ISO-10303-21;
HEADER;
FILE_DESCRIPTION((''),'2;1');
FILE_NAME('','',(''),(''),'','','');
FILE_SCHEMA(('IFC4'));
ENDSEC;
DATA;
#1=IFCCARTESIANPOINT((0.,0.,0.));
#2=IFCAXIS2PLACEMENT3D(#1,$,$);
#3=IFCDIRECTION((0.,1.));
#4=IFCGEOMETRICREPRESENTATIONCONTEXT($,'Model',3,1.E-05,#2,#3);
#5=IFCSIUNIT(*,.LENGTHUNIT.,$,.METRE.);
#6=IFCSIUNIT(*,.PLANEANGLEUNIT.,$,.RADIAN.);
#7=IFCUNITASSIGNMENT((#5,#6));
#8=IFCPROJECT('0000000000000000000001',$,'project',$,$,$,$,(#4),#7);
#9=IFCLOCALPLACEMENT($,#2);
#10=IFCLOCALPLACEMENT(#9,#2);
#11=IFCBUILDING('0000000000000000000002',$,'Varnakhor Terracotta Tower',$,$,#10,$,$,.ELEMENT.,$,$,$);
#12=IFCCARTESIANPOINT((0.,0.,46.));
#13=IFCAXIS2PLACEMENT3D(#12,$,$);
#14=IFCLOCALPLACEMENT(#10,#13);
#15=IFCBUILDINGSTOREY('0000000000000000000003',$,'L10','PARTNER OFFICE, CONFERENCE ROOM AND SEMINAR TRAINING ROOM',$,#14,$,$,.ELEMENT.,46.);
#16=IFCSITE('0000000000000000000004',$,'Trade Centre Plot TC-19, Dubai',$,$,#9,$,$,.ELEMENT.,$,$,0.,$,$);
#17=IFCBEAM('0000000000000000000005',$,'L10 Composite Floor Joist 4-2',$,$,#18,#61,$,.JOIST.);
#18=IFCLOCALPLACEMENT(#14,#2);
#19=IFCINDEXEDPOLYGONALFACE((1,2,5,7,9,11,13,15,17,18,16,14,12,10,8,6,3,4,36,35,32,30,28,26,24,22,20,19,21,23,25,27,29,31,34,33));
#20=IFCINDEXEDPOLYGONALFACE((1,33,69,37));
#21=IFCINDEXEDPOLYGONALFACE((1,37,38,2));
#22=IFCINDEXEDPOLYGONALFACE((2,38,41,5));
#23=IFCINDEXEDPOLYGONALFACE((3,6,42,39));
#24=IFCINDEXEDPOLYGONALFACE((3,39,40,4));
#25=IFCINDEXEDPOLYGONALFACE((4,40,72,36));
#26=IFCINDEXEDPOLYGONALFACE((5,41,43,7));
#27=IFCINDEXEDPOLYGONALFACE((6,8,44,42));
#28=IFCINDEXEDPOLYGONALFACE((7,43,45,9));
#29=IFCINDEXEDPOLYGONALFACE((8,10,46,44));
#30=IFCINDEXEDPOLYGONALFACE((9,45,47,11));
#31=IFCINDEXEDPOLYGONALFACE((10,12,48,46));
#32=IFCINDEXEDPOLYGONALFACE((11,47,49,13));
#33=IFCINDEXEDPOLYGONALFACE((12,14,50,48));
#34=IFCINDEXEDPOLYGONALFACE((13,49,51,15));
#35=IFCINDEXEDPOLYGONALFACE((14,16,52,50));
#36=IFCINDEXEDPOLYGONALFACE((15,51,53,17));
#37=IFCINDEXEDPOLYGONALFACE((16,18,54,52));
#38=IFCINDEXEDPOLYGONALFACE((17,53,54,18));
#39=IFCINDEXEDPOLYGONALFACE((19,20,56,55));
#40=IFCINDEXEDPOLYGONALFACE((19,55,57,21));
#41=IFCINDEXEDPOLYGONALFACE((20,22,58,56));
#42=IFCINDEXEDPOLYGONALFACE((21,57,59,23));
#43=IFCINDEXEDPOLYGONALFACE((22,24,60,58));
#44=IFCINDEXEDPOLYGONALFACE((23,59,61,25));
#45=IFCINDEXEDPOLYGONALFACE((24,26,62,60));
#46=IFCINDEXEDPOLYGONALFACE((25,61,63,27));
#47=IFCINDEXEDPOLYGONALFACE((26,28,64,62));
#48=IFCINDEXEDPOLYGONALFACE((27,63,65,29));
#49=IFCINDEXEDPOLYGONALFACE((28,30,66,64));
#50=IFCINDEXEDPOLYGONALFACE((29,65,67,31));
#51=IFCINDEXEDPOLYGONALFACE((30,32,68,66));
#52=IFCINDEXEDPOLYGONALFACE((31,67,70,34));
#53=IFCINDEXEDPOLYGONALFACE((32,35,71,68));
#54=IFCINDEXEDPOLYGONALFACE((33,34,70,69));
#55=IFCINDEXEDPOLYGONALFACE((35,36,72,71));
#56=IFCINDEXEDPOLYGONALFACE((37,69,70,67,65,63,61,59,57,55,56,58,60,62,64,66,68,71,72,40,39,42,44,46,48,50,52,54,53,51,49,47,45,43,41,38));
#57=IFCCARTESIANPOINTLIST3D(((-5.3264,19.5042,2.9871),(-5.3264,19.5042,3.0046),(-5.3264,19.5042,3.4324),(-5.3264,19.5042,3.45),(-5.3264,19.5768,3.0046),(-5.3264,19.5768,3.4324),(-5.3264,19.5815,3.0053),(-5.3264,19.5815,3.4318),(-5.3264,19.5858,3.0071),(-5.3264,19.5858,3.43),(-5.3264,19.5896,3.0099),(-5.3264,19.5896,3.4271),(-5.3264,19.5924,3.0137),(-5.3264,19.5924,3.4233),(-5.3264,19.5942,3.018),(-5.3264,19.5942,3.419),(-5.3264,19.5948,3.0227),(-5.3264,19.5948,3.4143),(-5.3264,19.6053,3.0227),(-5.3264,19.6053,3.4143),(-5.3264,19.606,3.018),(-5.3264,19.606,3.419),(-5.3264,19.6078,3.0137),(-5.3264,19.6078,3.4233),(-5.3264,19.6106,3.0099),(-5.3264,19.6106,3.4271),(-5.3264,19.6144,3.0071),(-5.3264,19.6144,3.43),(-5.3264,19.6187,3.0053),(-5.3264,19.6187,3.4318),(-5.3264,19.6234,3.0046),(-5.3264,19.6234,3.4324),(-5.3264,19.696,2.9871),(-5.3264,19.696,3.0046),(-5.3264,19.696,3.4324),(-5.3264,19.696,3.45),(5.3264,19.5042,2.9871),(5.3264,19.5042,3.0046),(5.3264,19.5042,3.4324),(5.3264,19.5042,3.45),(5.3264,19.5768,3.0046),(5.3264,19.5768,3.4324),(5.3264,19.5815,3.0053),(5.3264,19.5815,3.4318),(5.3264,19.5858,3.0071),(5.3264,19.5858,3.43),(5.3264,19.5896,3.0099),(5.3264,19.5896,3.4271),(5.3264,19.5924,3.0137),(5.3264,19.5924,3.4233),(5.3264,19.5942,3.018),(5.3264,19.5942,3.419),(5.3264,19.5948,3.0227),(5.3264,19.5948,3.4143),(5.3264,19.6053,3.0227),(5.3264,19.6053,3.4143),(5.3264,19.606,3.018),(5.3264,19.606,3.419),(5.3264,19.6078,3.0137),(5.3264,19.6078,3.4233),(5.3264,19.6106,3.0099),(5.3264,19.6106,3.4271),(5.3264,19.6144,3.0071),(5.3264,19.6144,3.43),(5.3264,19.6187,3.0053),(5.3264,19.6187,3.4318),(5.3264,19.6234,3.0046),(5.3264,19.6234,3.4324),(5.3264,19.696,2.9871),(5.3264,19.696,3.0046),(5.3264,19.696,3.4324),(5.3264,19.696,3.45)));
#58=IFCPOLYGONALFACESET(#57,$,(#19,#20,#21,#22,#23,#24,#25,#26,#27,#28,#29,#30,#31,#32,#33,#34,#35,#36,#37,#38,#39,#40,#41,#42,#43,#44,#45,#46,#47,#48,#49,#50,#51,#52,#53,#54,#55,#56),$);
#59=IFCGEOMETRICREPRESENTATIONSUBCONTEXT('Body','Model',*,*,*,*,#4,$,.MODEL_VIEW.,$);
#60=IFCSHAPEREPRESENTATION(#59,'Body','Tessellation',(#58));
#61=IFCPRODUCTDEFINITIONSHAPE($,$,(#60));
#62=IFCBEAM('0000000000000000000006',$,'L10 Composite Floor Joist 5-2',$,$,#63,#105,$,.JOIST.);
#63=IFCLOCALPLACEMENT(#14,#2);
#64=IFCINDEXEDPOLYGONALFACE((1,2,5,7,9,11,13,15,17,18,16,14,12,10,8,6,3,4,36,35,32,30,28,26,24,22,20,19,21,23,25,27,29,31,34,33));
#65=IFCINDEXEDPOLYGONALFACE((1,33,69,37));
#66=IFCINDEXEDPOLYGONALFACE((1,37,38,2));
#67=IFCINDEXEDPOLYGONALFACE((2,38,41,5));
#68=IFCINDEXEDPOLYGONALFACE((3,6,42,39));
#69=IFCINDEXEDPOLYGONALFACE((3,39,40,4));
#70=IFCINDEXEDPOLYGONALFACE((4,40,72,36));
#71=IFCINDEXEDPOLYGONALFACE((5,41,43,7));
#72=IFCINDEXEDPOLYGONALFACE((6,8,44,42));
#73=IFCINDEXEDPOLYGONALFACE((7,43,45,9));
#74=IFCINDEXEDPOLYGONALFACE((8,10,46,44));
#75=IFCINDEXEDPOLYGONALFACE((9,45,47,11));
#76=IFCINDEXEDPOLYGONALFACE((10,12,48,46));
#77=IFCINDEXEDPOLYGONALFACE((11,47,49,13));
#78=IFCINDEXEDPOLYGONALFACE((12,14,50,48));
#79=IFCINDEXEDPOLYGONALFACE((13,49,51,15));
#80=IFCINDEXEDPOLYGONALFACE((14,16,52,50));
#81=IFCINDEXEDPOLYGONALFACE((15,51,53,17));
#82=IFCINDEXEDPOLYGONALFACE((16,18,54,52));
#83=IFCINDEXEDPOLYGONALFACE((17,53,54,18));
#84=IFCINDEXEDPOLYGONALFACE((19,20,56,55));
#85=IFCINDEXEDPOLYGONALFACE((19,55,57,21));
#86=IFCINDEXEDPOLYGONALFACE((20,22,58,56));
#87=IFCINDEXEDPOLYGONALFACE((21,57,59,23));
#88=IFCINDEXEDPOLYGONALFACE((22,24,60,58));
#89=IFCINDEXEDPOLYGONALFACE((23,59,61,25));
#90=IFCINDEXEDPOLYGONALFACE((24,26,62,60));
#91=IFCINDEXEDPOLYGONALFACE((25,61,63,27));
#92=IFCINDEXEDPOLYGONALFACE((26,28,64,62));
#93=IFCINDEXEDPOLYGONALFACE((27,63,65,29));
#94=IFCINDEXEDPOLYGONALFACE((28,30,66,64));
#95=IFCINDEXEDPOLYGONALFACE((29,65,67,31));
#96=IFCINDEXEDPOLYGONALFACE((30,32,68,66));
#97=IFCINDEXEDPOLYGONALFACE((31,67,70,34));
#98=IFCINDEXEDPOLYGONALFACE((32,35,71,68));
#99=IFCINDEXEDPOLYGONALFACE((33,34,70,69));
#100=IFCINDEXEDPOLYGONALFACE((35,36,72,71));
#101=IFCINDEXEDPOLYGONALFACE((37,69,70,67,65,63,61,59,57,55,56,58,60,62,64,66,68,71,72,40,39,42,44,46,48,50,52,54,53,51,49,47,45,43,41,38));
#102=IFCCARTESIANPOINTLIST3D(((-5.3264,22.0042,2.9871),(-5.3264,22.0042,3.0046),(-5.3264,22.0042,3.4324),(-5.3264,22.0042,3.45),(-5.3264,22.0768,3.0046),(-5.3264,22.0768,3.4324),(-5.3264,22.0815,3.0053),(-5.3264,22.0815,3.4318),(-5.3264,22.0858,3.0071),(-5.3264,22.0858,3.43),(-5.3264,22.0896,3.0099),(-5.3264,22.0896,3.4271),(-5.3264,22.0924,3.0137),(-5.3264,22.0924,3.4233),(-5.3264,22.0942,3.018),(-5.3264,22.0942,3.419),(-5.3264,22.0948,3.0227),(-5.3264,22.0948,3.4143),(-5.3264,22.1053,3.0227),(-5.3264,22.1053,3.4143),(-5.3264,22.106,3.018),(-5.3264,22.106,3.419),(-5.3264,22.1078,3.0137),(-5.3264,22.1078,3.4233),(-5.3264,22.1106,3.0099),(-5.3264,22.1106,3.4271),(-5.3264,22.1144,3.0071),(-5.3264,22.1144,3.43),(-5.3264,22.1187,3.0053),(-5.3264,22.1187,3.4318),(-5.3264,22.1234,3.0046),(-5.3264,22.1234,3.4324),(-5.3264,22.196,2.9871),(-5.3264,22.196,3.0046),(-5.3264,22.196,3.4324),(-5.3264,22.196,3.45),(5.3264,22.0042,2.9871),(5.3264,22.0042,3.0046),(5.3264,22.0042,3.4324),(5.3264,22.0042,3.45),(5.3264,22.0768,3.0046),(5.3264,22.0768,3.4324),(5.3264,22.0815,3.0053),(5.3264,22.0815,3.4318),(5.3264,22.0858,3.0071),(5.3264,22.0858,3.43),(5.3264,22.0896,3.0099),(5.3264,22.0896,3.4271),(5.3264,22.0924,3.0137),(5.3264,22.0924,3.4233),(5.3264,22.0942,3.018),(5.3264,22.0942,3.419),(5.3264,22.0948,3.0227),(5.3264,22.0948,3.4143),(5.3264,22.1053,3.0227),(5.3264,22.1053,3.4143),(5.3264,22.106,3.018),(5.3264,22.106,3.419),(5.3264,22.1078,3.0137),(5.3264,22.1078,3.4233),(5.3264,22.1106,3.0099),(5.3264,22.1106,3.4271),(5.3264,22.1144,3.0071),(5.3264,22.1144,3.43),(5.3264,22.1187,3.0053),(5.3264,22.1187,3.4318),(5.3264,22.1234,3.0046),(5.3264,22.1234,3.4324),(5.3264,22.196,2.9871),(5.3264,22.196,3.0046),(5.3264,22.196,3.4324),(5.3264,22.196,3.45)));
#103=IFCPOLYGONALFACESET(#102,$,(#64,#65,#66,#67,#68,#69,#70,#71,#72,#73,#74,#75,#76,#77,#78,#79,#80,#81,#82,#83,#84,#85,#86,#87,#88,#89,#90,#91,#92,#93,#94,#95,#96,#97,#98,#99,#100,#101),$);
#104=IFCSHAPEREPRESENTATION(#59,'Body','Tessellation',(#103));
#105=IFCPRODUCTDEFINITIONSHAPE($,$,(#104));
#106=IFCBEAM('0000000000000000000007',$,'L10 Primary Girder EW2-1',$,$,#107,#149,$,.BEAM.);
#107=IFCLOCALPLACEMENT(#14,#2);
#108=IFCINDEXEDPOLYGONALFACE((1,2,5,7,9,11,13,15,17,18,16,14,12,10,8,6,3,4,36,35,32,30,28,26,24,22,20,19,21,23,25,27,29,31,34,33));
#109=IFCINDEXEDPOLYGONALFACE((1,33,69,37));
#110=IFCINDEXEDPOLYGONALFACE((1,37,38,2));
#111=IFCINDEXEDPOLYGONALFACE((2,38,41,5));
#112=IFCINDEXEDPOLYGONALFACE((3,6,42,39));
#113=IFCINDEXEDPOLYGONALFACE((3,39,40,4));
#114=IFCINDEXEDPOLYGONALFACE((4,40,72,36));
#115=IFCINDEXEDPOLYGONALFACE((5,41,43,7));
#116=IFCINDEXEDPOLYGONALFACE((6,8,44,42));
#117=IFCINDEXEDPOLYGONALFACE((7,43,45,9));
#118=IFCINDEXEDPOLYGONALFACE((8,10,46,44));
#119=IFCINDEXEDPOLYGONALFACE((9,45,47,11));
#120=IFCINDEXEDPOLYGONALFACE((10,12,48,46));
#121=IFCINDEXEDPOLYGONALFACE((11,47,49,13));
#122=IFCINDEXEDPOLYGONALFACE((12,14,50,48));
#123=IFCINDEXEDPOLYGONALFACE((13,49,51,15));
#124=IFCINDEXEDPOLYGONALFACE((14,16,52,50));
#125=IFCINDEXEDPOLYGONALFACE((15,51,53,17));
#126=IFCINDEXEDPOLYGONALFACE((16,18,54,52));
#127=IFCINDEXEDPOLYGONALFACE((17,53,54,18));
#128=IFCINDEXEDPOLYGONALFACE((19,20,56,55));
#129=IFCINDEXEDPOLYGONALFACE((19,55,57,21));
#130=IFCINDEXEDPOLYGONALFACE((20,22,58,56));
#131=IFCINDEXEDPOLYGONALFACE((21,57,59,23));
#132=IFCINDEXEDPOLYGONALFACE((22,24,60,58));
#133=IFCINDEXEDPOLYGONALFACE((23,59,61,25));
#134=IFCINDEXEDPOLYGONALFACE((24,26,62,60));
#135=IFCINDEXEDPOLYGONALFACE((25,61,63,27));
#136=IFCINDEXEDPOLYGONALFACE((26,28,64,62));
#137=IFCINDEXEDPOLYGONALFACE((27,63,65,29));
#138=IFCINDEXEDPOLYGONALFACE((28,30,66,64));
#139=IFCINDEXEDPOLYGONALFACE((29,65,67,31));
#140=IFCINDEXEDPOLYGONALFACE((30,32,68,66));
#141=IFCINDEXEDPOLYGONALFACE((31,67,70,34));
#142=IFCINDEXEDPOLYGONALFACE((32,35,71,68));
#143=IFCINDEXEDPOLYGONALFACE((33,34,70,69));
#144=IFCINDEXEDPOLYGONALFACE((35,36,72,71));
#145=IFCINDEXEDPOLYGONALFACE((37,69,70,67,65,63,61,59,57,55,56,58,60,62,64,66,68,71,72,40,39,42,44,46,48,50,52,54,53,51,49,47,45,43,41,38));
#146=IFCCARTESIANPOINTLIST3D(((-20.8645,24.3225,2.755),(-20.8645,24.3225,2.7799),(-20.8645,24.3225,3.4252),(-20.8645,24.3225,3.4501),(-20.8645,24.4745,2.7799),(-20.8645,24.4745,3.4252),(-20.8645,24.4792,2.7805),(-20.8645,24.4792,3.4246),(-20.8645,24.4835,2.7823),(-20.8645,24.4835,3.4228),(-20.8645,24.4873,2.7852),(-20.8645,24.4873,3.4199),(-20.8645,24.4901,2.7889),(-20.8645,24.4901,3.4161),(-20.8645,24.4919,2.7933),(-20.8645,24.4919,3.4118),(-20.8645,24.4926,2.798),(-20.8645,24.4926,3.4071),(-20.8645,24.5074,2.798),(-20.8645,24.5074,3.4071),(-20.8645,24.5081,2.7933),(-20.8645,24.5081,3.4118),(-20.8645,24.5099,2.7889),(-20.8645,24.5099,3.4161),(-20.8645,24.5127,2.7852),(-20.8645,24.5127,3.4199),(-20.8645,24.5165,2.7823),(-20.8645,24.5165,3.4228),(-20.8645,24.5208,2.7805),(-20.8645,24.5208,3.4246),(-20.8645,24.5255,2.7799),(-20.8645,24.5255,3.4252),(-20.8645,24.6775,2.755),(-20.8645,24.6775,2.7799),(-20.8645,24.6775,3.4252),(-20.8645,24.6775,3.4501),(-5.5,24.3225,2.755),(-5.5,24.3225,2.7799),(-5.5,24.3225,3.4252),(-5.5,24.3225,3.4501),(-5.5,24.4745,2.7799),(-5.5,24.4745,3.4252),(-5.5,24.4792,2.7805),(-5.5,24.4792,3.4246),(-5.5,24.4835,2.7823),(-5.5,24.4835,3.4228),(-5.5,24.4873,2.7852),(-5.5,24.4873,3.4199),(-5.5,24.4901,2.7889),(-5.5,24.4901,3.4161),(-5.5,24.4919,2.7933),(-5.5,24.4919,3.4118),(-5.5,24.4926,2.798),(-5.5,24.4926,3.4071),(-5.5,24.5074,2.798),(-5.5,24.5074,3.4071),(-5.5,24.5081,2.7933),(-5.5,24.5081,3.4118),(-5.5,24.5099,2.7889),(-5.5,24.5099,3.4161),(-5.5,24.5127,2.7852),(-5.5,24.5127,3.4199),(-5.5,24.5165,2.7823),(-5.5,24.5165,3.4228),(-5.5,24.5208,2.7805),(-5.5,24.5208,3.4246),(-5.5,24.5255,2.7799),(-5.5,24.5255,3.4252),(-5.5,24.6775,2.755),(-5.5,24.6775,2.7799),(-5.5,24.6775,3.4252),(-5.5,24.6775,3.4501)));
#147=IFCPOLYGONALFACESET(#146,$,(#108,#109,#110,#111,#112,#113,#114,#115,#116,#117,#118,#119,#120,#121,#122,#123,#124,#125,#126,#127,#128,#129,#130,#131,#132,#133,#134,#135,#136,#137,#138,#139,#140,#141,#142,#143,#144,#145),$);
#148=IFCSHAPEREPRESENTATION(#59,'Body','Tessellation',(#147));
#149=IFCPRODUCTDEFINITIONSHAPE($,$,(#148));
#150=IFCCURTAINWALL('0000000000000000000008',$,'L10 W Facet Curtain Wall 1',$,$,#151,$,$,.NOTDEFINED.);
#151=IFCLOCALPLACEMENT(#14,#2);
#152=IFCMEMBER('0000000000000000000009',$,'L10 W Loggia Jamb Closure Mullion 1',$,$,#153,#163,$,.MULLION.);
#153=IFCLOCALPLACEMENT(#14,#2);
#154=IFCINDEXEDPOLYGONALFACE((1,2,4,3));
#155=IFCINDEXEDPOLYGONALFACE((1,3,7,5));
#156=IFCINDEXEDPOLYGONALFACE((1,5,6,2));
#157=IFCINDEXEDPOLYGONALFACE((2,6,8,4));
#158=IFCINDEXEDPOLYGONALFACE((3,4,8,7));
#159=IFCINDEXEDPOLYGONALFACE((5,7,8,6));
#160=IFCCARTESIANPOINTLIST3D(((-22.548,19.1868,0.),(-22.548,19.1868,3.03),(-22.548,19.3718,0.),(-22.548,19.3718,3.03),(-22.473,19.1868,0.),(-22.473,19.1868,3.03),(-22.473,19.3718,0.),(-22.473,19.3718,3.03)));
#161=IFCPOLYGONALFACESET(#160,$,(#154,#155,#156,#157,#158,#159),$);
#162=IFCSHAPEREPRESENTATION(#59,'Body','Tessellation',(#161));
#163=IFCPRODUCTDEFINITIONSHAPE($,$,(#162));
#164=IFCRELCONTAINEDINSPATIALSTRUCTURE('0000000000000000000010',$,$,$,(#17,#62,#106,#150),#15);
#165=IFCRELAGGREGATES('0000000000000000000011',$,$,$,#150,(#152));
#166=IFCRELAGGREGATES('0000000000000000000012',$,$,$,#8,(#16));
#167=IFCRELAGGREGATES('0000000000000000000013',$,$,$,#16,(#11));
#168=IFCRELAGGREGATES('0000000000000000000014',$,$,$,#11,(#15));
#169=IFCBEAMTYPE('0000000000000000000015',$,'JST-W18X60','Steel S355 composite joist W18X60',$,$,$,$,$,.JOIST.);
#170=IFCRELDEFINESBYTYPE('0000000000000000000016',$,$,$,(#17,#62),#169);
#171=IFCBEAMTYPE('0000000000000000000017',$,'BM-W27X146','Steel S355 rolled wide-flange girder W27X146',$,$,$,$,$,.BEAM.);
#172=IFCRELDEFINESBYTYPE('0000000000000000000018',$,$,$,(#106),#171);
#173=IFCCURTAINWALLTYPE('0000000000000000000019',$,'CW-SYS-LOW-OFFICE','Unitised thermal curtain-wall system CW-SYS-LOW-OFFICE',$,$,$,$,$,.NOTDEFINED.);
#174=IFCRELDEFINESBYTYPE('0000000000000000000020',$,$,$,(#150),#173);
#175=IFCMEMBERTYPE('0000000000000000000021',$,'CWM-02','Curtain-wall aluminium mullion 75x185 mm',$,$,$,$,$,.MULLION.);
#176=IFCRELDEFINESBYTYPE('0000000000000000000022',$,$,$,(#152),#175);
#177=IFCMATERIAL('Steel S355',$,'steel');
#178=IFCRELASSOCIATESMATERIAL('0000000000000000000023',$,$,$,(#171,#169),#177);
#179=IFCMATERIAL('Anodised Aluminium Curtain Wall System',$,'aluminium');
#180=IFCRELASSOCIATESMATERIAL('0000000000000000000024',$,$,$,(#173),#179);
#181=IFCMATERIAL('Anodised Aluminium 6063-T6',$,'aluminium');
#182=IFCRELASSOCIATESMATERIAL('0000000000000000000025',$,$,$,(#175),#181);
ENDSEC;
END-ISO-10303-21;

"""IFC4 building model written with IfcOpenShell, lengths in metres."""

from ifc_helpers import new_model, si_unit, direction, frame, origin, origin_2d, place, context, subcontext, project, spatial, rectangle, i_section, extrude, source, transform, mapped, material, material_profile, profile_set, type_object, type_shapes, element, aggregate, save


model = new_model("IFC4")

# Units and contexts
model_context = context("Model", 3, precision=1e-05, world=origin(), true_north=direction((0.0, 1.0)))
body_context = subcontext(model_context, "Body", "Model", "MODEL_VIEW")
ifc_project = project(units=[si_unit("LENGTHUNIT", "METRE"), si_unit("PLANEANGLEUNIT", "RADIAN")], contexts=[model_context])

# Site, building, storey
site_placement = place(None, origin())
site = spatial("IfcSite", under=ifc_project, at=site_placement, Name="Trade Centre Plot TC-19, Dubai", CompositionType="ELEMENT", RefElevation=0.0)
building_placement = place(site_placement, origin())
building = spatial("IfcBuilding", under=site, at=building_placement, Name="Varnakhor Terracotta Tower", CompositionType="ELEMENT")
storey_placement = place(building_placement, frame((0.0, 0.0, 46.0)))
storey = spatial("IfcBuildingStorey", under=building, at=storey_placement, Name="L10", Description="PARTNER OFFICE, CONFERENCE ROOM AND SEMINAR TRAINING ROOM", CompositionType="ELEMENT", Elevation=46.0)

# Beams
ifc_material_1 = material(Name="Steel S355", Category="steel")
ifc_material_profile_1 = material_profile(ifc_material_1, i_section(OverallWidth=0.355, OverallDepth=0.6951, WebThickness=0.0149, FlangeThickness=0.0249, FilletRadius=0.0181, at=origin_2d()), Name="W27X146")
ifc_profile_set_1 = profile_set([ifc_material_profile_1], Name="Steel S355")
beam_type_1 = type_object("IfcBeamType", Name="BM-W27X146", Description="Steel S355 rolled wide-flange girder W27X146", PredefinedType="BEAM", material=ifc_profile_set_1)
ifc_material_profile_2 = material_profile(ifc_material_1, i_section(OverallWidth=0.1919, OverallDepth=0.4629, WebThickness=0.0105, FlangeThickness=0.0176, FilletRadius=0.0181, at=origin_2d()), Name="W18X60")
ifc_profile_set_2 = profile_set([ifc_material_profile_2], Name="Steel S355")
beam_type_2 = type_object("IfcBeamType", Name="JST-W18X60", Description="Steel S355 composite joist W18X60", PredefinedType="JOIST", material=ifc_profile_set_2)
shared_shape_1 = source(origin(), body_context, "Body", "SweptSolid", [
    extrude(i_section(OverallWidth=0.1919, OverallDepth=0.4629, WebThickness=0.0105, FlangeThickness=0.0176, FilletRadius=0.0181, at=origin_2d()), origin(), (0.0, 0.0, 1.0), 10.6528),
])
for number, where, z_axis, x_axis, name in (
    (1, (-5.3264, 19.6001, 3.2185), (1.0, 0.0, 0.0), (0.0, 1.0, 0.0), "L10 Composite Floor Joist 4-2"),
    (2, (-5.3264, 22.1001, 3.2185), (1.0, 0.0, 0.0), (0.0, 1.0, 0.0), "L10 Composite Floor Joist 5-2"),
):
    element("IfcBeam", number, at=place(storey_placement, frame(where, z_axis=z_axis, x_axis=x_axis)), inside=storey, type_object=beam_type_2, Name=name, PredefinedType="JOIST", context=body_context, shape_type="MappedRepresentation", body=[
        mapped(shared_shape_1, transform((0.0, 0.0, 0.0), scale=1.0)),
    ])
shared_shape_2 = source(origin(), body_context, "Body", "SweptSolid", [
    extrude(i_section(OverallWidth=0.355, OverallDepth=0.6951, WebThickness=0.0149, FlangeThickness=0.0249, FilletRadius=0.0181, at=origin_2d()), origin(), (0.0, 0.0, 1.0), 15.3645),
])
beam_1_placement = place(storey_placement, frame((-20.8645, 24.5, 3.1025), z_axis=(1.0, 0.0, 0.0), x_axis=(0.0, 1.0, 0.0)))
element("IfcBeam", 3, at=beam_1_placement, inside=storey, type_object=beam_type_1, Name="L10 Primary Girder EW2-1", PredefinedType="BEAM", context=body_context, shape_type="MappedRepresentation", body=[
    mapped(shared_shape_2, transform((0.0, 0.0, 0.0), scale=1.0)),
])

# Curtain wall, member
ifc_material_2 = material(Name="Anodised Aluminium Curtain Wall System", Category="aluminium")
curtain_wall_type = type_object("IfcCurtainWallType", Name="CW-SYS-LOW-OFFICE", Description="Unitised thermal curtain-wall system CW-SYS-LOW-OFFICE", PredefinedType="NOTDEFINED", material=ifc_material_2)
curtain_wall_placement = place(storey_placement, origin())
curtain_wall = element("IfcCurtainWall", 4, at=curtain_wall_placement, inside=storey, type_object=curtain_wall_type, Name="L10 W Facet Curtain Wall 1", PredefinedType="NOTDEFINED")
ifc_material_3 = material(Name="Anodised Aluminium 6063-T6", Category="aluminium")
ifc_material_profile_3 = material_profile(ifc_material_3, rectangle(XDim=0.075, YDim=0.1851, at=origin_2d()), Name="ALU MULLION 75x185")
ifc_profile_set_3 = profile_set([ifc_material_profile_3], Name="Anodised Aluminium 6063-T6")
member_type = type_object("IfcMemberType", Name="CWM-02", Description="Curtain-wall aluminium mullion 75x185 mm", PredefinedType="MULLION", material=ifc_profile_set_3)
shared_shape_3 = source(origin(), body_context, "Body", "SweptSolid", [
    extrude(rectangle(XDim=0.075, YDim=0.1851, at=origin_2d()), origin(), (0.0, 0.0, 1.0), 3.03),
])
type_shapes(member_type, [shared_shape_3])
member_placement = place(storey_placement, frame((-22.5105, 19.2793, 0.0), z_axis=(0.0, 0.0, 1.0), x_axis=(1.0, 0.0, 0.0)))
member = element("IfcMember", 5, at=member_placement, type_object=member_type, Name="L10 W Loggia Jamb Closure Mullion 1", PredefinedType="MULLION", context=body_context, shape_type="MappedRepresentation", body=[
    mapped(shared_shape_3, transform((0.0, 0.0, 0.0), scale=1.0)),
])
aggregate(curtain_wall, [member])

save(model, "model.ifc")
